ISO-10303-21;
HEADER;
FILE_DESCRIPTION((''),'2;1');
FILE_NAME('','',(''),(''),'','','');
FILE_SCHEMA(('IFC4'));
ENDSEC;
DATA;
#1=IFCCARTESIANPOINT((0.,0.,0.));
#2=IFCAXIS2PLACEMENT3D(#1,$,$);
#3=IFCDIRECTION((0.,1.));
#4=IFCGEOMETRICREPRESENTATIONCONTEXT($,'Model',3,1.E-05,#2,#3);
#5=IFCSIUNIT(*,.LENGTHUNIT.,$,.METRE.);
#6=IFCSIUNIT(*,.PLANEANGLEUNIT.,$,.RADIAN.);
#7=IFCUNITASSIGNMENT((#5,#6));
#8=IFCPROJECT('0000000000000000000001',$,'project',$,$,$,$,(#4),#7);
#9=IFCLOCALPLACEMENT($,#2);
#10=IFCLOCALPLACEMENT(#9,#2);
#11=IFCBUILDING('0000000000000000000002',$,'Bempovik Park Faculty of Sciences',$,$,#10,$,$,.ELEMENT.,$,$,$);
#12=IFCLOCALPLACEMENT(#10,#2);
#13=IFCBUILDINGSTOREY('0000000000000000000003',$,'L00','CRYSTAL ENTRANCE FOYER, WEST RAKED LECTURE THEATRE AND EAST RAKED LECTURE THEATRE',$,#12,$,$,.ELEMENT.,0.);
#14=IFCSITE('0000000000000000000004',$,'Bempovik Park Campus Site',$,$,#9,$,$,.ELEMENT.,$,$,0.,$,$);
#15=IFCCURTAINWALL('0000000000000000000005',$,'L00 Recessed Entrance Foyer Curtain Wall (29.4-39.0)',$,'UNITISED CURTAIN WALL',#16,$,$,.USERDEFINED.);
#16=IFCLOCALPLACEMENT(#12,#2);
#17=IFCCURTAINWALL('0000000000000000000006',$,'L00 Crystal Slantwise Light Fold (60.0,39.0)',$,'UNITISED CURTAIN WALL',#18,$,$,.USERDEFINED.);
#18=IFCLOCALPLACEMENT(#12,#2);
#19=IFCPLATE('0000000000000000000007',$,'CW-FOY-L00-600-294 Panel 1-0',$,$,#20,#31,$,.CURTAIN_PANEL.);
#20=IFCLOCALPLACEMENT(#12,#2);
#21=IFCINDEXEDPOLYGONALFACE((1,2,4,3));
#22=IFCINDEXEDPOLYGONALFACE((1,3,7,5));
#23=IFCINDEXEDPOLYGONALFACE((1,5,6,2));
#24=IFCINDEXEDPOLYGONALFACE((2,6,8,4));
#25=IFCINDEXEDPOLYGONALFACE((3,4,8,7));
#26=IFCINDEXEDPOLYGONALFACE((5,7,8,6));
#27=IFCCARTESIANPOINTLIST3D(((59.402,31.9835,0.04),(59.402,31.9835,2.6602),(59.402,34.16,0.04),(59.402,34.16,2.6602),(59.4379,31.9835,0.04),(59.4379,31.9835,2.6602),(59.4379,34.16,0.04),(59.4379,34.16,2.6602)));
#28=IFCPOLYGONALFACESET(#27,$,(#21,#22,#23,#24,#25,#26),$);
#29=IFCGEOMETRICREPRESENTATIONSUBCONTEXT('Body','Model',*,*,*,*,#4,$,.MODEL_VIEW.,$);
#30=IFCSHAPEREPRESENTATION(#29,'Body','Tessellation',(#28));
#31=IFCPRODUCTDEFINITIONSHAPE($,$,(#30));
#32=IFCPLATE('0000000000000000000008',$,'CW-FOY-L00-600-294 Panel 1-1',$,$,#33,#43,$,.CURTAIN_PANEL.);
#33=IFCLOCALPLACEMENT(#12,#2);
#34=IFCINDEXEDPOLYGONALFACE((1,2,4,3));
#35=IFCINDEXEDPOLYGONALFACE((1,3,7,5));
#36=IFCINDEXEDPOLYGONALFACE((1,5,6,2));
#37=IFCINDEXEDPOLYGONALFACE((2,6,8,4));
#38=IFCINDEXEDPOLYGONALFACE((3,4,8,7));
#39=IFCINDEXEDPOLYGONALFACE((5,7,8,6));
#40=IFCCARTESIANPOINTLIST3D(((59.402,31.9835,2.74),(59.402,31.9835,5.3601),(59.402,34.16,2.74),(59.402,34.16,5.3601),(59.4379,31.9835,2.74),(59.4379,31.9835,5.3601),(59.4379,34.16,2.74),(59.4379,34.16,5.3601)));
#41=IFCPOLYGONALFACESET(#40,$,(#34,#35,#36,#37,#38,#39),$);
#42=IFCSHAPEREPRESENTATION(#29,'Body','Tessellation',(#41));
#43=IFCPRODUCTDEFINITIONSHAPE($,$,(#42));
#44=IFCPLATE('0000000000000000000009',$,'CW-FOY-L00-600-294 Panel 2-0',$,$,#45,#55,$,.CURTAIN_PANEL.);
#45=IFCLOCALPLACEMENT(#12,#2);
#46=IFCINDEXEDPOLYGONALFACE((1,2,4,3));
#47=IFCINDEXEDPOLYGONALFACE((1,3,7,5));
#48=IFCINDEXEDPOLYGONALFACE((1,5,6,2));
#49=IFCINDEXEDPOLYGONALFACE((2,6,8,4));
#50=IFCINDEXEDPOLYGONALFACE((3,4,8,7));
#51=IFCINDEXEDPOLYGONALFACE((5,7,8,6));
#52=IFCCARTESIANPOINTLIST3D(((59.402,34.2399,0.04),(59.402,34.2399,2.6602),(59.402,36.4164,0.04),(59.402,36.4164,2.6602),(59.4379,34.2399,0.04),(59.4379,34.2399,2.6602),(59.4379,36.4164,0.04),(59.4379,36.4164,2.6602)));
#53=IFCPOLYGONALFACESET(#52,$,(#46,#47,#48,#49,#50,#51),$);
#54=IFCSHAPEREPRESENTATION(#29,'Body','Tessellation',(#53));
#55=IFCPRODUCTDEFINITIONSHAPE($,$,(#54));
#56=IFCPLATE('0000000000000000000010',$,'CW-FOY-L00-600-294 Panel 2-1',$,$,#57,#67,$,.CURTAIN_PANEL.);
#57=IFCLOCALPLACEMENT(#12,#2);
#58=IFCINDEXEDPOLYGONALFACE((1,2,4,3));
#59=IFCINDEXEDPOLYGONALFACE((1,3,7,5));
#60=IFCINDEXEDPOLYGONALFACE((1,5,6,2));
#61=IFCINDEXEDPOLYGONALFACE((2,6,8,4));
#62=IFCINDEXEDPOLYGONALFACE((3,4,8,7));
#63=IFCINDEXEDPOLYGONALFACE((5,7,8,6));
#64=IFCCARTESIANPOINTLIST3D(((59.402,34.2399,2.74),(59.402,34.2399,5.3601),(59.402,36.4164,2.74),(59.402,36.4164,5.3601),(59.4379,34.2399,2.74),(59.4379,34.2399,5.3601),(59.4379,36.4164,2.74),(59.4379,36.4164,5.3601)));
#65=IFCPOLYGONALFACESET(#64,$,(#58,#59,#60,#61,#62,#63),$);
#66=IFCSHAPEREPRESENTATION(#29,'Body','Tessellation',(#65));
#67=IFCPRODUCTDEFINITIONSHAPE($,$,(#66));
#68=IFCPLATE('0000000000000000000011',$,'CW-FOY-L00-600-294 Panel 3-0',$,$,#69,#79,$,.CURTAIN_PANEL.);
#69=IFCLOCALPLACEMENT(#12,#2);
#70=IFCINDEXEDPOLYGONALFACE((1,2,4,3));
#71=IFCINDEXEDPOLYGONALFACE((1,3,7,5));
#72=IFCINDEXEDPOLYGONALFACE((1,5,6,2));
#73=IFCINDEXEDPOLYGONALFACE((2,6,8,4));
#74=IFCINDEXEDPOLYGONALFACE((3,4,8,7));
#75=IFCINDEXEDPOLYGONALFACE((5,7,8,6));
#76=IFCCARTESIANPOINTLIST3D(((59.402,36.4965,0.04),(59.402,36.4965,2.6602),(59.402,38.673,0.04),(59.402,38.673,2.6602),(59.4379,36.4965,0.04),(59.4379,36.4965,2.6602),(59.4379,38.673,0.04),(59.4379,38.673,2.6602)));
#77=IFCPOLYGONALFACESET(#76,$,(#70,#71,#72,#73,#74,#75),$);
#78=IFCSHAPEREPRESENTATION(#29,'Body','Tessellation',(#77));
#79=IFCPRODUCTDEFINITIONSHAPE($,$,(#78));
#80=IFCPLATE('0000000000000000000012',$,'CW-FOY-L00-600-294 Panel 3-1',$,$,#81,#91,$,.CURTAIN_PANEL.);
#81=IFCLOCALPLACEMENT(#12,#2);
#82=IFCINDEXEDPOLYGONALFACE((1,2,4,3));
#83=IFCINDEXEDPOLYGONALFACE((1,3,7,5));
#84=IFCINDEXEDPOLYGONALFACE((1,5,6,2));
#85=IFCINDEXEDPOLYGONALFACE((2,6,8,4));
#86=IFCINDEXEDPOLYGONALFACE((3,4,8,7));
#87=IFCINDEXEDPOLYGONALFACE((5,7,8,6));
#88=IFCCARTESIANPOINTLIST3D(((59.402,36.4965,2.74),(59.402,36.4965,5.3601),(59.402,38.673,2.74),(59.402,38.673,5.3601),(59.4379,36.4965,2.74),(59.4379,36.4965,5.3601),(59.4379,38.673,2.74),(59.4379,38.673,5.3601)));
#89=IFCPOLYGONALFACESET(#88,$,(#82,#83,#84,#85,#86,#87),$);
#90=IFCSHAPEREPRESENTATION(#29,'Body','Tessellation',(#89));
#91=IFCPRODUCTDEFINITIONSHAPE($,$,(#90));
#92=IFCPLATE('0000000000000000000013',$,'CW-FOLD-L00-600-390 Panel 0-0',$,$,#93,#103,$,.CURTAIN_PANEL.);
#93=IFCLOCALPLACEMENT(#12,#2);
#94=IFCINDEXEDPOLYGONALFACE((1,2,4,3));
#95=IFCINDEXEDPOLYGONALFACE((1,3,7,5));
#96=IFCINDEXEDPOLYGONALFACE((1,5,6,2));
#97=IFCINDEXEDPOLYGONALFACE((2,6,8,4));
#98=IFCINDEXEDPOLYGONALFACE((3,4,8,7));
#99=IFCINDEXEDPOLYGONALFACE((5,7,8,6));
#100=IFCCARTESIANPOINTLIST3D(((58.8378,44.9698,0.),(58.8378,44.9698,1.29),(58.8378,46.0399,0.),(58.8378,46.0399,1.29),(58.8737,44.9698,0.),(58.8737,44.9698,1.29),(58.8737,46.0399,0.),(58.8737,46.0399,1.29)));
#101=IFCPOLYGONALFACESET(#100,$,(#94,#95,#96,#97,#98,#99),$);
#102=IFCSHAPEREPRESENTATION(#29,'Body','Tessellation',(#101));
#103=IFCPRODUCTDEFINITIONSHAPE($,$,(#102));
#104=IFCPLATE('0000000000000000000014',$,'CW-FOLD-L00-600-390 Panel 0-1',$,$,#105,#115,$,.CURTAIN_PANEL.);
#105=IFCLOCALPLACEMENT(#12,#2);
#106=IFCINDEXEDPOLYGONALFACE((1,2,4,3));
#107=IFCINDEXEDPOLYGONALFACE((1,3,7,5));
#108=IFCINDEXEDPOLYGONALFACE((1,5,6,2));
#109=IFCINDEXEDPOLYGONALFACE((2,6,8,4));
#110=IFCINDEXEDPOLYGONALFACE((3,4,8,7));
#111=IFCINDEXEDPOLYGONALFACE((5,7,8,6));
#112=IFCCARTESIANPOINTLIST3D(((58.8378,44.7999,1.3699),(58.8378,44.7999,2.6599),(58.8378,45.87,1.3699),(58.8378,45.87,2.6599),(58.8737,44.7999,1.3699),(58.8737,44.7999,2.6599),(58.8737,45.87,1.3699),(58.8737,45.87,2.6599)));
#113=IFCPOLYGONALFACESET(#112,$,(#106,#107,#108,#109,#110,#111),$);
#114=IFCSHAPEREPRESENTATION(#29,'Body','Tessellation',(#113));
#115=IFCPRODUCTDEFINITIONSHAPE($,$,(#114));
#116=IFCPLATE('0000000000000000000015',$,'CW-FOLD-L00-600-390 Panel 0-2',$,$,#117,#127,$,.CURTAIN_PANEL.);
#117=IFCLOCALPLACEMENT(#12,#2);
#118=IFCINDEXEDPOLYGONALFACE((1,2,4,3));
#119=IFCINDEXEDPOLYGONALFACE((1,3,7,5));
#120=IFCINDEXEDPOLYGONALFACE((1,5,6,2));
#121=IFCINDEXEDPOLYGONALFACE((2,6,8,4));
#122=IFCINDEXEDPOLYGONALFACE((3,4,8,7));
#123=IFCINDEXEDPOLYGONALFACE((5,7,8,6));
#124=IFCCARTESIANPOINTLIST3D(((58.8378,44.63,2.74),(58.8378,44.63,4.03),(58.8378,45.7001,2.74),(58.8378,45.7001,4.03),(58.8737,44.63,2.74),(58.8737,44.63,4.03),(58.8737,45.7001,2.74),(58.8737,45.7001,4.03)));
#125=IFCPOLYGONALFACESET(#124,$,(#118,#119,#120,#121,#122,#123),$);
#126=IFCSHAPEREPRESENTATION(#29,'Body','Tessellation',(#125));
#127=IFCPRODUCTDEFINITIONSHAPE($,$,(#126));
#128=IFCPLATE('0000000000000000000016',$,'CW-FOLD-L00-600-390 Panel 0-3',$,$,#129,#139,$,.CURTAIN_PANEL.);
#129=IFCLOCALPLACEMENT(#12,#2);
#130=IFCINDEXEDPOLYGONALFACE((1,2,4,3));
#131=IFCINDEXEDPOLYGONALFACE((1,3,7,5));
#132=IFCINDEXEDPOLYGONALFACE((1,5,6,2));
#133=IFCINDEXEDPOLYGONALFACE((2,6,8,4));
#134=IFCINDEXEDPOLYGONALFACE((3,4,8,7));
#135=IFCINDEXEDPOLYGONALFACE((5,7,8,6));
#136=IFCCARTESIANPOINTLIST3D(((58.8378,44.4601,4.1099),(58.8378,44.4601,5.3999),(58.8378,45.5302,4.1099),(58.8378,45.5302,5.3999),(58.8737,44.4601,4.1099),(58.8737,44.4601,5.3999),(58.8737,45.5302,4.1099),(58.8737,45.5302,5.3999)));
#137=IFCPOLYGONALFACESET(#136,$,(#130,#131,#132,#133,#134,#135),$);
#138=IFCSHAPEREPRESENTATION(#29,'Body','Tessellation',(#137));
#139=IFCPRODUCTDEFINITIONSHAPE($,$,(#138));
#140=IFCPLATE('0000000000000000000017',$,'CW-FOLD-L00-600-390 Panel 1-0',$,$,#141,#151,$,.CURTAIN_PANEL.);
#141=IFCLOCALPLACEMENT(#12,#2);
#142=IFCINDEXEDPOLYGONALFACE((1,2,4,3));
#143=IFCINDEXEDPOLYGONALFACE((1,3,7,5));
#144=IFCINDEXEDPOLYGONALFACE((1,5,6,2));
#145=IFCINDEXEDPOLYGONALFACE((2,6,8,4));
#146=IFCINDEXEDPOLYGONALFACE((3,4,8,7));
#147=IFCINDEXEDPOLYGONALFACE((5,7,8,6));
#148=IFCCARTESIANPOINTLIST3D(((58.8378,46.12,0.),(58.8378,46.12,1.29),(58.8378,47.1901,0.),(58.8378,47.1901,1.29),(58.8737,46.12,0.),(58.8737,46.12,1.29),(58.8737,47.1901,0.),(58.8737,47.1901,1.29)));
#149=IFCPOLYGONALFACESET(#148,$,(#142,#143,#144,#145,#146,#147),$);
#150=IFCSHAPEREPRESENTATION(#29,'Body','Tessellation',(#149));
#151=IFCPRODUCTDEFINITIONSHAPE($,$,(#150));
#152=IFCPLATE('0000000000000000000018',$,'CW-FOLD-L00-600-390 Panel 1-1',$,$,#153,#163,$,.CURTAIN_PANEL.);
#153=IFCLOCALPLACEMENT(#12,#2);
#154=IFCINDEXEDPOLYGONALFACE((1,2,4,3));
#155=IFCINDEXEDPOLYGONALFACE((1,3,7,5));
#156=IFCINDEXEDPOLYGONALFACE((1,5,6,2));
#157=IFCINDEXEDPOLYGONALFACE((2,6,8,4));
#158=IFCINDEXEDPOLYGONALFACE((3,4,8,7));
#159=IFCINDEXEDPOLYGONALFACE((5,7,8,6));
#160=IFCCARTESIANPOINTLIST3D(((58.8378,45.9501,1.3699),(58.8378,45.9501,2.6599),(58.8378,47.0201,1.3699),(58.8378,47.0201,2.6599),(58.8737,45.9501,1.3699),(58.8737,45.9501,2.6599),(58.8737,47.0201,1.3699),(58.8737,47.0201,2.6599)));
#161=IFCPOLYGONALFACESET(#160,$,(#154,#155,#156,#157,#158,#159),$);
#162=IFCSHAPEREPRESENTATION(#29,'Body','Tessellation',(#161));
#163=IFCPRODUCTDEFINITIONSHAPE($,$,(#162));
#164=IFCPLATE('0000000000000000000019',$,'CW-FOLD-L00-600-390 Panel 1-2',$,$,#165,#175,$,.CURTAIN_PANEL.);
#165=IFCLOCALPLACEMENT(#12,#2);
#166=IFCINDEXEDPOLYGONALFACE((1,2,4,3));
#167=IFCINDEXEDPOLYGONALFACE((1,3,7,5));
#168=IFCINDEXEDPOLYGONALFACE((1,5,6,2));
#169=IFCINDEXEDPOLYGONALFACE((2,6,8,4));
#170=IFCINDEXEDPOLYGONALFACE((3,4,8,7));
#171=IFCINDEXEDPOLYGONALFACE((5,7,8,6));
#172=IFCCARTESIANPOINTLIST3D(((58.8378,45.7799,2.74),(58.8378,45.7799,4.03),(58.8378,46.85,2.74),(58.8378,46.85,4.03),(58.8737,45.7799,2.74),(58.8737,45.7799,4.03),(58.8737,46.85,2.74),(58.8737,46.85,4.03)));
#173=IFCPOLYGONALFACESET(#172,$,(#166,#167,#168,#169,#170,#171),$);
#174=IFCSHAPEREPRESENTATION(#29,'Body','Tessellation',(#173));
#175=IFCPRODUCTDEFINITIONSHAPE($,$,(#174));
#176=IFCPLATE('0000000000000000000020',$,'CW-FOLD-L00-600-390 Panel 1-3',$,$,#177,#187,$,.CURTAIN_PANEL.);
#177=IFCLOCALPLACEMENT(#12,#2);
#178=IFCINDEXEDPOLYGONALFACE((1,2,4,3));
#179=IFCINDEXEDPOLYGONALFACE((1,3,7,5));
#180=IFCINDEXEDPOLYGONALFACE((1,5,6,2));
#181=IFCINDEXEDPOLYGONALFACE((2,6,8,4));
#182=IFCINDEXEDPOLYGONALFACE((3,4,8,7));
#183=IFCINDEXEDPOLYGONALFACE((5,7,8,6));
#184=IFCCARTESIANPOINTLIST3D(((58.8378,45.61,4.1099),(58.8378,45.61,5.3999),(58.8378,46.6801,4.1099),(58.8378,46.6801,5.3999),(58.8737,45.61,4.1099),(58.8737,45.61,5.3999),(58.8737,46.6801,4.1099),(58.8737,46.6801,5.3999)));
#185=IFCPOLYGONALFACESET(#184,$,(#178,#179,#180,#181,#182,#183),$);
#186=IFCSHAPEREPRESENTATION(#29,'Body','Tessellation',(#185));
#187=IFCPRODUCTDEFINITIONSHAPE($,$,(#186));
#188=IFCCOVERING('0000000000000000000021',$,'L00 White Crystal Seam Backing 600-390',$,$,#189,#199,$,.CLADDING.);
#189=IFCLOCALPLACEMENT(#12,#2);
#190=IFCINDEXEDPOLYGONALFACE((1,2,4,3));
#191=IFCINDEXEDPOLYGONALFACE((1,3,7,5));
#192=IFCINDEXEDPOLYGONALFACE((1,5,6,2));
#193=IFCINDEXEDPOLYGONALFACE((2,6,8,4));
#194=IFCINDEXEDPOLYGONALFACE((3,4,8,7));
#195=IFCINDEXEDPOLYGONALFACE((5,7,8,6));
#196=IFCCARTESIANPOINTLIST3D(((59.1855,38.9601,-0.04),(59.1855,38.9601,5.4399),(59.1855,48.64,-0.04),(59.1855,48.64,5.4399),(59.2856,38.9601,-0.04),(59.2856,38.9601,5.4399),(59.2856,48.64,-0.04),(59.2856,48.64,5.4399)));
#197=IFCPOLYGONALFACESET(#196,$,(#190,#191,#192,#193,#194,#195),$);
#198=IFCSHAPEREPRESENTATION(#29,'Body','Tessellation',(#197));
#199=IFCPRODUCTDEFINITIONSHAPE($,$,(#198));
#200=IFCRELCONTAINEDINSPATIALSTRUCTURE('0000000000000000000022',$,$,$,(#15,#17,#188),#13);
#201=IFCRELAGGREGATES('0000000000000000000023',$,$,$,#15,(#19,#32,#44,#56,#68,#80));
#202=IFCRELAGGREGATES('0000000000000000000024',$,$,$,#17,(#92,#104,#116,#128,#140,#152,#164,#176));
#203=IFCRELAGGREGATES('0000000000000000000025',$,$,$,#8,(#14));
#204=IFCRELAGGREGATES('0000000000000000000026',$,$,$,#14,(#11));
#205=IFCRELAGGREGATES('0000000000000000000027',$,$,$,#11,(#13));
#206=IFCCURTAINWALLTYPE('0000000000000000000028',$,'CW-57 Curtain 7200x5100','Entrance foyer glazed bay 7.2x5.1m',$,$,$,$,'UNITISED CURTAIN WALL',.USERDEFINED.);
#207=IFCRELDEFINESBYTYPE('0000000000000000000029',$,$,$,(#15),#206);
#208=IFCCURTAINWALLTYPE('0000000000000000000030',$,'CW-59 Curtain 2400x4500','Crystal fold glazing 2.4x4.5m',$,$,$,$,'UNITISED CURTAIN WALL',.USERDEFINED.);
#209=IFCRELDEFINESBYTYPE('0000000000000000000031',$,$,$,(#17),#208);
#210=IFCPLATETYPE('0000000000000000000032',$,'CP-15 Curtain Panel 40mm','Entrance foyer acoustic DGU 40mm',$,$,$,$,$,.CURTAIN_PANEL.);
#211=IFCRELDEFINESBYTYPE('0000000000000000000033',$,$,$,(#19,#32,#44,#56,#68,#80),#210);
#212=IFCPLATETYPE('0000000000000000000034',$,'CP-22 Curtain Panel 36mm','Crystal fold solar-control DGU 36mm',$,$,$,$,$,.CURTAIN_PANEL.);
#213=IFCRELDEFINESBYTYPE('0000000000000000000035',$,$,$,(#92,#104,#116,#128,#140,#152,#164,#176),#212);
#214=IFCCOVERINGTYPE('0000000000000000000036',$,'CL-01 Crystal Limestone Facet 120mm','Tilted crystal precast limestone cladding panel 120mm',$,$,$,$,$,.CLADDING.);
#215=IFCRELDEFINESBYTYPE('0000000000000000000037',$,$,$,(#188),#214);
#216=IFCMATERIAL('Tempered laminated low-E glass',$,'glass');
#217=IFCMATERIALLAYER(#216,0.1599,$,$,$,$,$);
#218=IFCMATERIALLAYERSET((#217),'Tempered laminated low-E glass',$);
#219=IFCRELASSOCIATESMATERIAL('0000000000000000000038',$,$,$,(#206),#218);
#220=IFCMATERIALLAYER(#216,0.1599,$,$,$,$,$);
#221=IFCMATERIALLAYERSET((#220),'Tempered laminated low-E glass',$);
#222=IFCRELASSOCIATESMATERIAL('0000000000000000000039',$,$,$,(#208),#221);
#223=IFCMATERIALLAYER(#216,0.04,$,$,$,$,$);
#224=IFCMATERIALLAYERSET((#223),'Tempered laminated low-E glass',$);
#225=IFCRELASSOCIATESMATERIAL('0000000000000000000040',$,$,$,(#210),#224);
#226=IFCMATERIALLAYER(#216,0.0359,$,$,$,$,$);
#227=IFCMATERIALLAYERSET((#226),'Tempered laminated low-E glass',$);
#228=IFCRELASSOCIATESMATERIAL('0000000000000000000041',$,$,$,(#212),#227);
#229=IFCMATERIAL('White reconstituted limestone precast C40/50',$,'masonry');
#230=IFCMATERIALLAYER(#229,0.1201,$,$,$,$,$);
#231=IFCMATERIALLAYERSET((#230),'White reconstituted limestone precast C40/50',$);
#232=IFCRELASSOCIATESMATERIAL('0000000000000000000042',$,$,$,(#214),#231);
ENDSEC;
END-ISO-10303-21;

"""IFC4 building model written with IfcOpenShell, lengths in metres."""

from ifc_helpers import new_model, si_unit, direction, frame, origin, origin_2d, place, context, subcontext, project, spatial, rectangle, extrude, material, layer, layer_set, type_object, element, aggregate, save


model = new_model("IFC4")

# Units and contexts
model_context = context("Model", 3, precision=1e-05, world=origin(), true_north=direction((0.0, 1.0)))
body_context = subcontext(model_context, "Body", "Model", "MODEL_VIEW")
ifc_project = project(units=[si_unit("LENGTHUNIT", "METRE"), si_unit("PLANEANGLEUNIT", "RADIAN")], contexts=[model_context])

# Site, building, storey
site_placement = place(None, origin())
site = spatial("IfcSite", under=ifc_project, at=site_placement, Name="Bempovik Park Campus Site", CompositionType="ELEMENT", RefElevation=0.0)
building_placement = place(site_placement, origin())
building = spatial("IfcBuilding", under=site, at=building_placement, Name="Bempovik Park Faculty of Sciences", CompositionType="ELEMENT")
storey_placement = place(building_placement, origin())
storey = spatial("IfcBuildingStorey", under=building, at=storey_placement, Name="L00", Description="CRYSTAL ENTRANCE FOYER, WEST RAKED LECTURE THEATRE AND EAST RAKED LECTURE THEATRE", CompositionType="ELEMENT", Elevation=0.0)

# Curtain walls
ifc_material_1 = material(Name="Tempered laminated low-E glass", Category="glass")
ifc_layer_1 = layer(ifc_material_1, 0.1599)
ifc_layer_set_1 = layer_set([ifc_layer_1], Name="Tempered laminated low-E glass")
curtain_wall_type_1 = type_object("IfcCurtainWallType", Name="CW-57 Curtain 7200x5100", Description="Entrance foyer glazed bay 7.2x5.1m", ElementType="UNITISED CURTAIN WALL", PredefinedType="USERDEFINED", material=ifc_layer_set_1)
curtain_wall_1_placement = place(storey_placement, origin())
curtain_wall_1 = element("IfcCurtainWall", 1, at=curtain_wall_1_placement, inside=storey, type_object=curtain_wall_type_1, Name="L00 Recessed Entrance Foyer Curtain Wall (29.4-39.0)", ObjectType="UNITISED CURTAIN WALL", PredefinedType="USERDEFINED")
ifc_layer_2 = layer(ifc_material_1, 0.1599)
ifc_layer_set_2 = layer_set([ifc_layer_2], Name="Tempered laminated low-E glass")
curtain_wall_type_2 = type_object("IfcCurtainWallType", Name="CW-59 Curtain 2400x4500", Description="Crystal fold glazing 2.4x4.5m", ElementType="UNITISED CURTAIN WALL", PredefinedType="USERDEFINED", material=ifc_layer_set_2)
curtain_wall_2_placement = place(storey_placement, origin())
curtain_wall_2 = element("IfcCurtainWall", 2, at=curtain_wall_2_placement, inside=storey, type_object=curtain_wall_type_2, Name="L00 Crystal Slantwise Light Fold (60.0,39.0)", ObjectType="UNITISED CURTAIN WALL", PredefinedType="USERDEFINED")

# Plates
ifc_layer_3 = layer(ifc_material_1, 0.04)
ifc_layer_set_3 = layer_set([ifc_layer_3], Name="Tempered laminated low-E glass")
plate_type_1 = type_object("IfcPlateType", Name="CP-15 Curtain Panel 40mm", Description="Entrance foyer acoustic DGU 40mm", PredefinedType="CURTAIN_PANEL", material=ifc_layer_set_3)
plate_1_placement = place(storey_placement, frame((59.4199, 33.0718, 0.04), z_axis=(0.0, 0.0, 1.0), x_axis=(0.0, 1.0, 0.0)))
plate_1 = element("IfcPlate", 3, at=plate_1_placement, type_object=plate_type_1, Name="CW-FOY-L00-600-294 Panel 1-0", PredefinedType="CURTAIN_PANEL", context=body_context, shape_type="SweptSolid", body=[
    extrude(rectangle(XDim=2.1765, YDim=0.0359, at=origin_2d()), origin(), (0.0, 0.0, 1.0), 2.6201),
])
plate_2_placement = place(storey_placement, frame((59.4199, 33.0718, 2.74), z_axis=(0.0, 0.0, 1.0), x_axis=(0.0, 1.0, 0.0)))
plate_2 = element("IfcPlate", 4, at=plate_2_placement, type_object=plate_type_1, Name="CW-FOY-L00-600-294 Panel 1-1", PredefinedType="CURTAIN_PANEL", context=body_context, shape_type="SweptSolid", body=[
    extrude(rectangle(XDim=2.1765, YDim=0.0359, at=origin_2d()), origin(), (0.0, 0.0, 1.0), 2.6201),
])
plate_3_placement = place(storey_placement, frame((59.4199, 35.3281, 0.04), z_axis=(0.0, 0.0, 1.0), x_axis=(0.0, 1.0, 0.0)))
plate_3 = element("IfcPlate", 5, at=plate_3_placement, type_object=plate_type_1, Name="CW-FOY-L00-600-294 Panel 2-0", PredefinedType="CURTAIN_PANEL", context=body_context, shape_type="SweptSolid", body=[
    extrude(rectangle(XDim=2.1765, YDim=0.0359, at=origin_2d()), origin(), (0.0, 0.0, 1.0), 2.6201),
])
plate_4_placement = place(storey_placement, frame((59.4199, 35.3281, 2.74), z_axis=(0.0, 0.0, 1.0), x_axis=(0.0, 1.0, 0.0)))
plate_4 = element("IfcPlate", 6, at=plate_4_placement, type_object=plate_type_1, Name="CW-FOY-L00-600-294 Panel 2-1", PredefinedType="CURTAIN_PANEL", context=body_context, shape_type="SweptSolid", body=[
    extrude(rectangle(XDim=2.1765, YDim=0.0359, at=origin_2d()), origin(), (0.0, 0.0, 1.0), 2.6201),
])
plate_5_placement = place(storey_placement, frame((59.4199, 37.5847, 0.04), z_axis=(0.0, 0.0, 1.0), x_axis=(0.0, 1.0, 0.0)))
plate_5 = element("IfcPlate", 7, at=plate_5_placement, type_object=plate_type_1, Name="CW-FOY-L00-600-294 Panel 3-0", PredefinedType="CURTAIN_PANEL", context=body_context, shape_type="SweptSolid", body=[
    extrude(rectangle(XDim=2.1765, YDim=0.0359, at=origin_2d()), origin(), (0.0, 0.0, 1.0), 2.6201),
])
plate_6_placement = place(storey_placement, frame((59.4199, 37.5847, 2.74), z_axis=(0.0, 0.0, 1.0), x_axis=(0.0, 1.0, 0.0)))
plate_6 = element("IfcPlate", 8, at=plate_6_placement, type_object=plate_type_1, Name="CW-FOY-L00-600-294 Panel 3-1", PredefinedType="CURTAIN_PANEL", context=body_context, shape_type="SweptSolid", body=[
    extrude(rectangle(XDim=2.1765, YDim=0.0359, at=origin_2d()), origin(), (0.0, 0.0, 1.0), 2.6201),
])
aggregate(curtain_wall_1, [plate_1, plate_2, plate_3, plate_4, plate_5, plate_6])
ifc_layer_4 = layer(ifc_material_1, 0.0359)
ifc_layer_set_4 = layer_set([ifc_layer_4], Name="Tempered laminated low-E glass")
plate_type_2 = type_object("IfcPlateType", Name="CP-22 Curtain Panel 36mm", Description="Crystal fold solar-control DGU 36mm", PredefinedType="CURTAIN_PANEL", material=ifc_layer_set_4)
plate_7_placement = place(storey_placement, frame((58.8557, 45.5049, 0.0), z_axis=(0.0, 0.0, 1.0), x_axis=(0.0, 1.0, 0.0)))
plate_7 = element("IfcPlate", 9, at=plate_7_placement, type_object=plate_type_2, Name="CW-FOLD-L00-600-390 Panel 0-0", PredefinedType="CURTAIN_PANEL", context=body_context, shape_type="SweptSolid", body=[
    extrude(rectangle(XDim=1.0701, YDim=0.0359, at=origin_2d()), origin(), (0.0, 0.0, 1.0), 1.29),
])
plate_8_placement = place(storey_placement, frame((58.8557, 45.335, 1.3699), z_axis=(0.0, 0.0, 1.0), x_axis=(0.0, 1.0, 0.0)))
plate_8 = element("IfcPlate", 10, at=plate_8_placement, type_object=plate_type_2, Name="CW-FOLD-L00-600-390 Panel 0-1", PredefinedType="CURTAIN_PANEL", context=body_context, shape_type="SweptSolid", body=[
    extrude(rectangle(XDim=1.0701, YDim=0.0359, at=origin_2d()), origin(), (0.0, 0.0, 1.0), 1.29),
])
plate_9_placement = place(storey_placement, frame((58.8557, 45.165, 2.74), z_axis=(0.0, 0.0, 1.0), x_axis=(0.0, 1.0, 0.0)))
plate_9 = element("IfcPlate", 11, at=plate_9_placement, type_object=plate_type_2, Name="CW-FOLD-L00-600-390 Panel 0-2", PredefinedType="CURTAIN_PANEL", context=body_context, shape_type="SweptSolid", body=[
    extrude(rectangle(XDim=1.0701, YDim=0.0359, at=origin_2d()), origin(), (0.0, 0.0, 1.0), 1.29),
])
plate_10_placement = place(storey_placement, frame((58.8557, 44.9951, 4.1099), z_axis=(0.0, 0.0, 1.0), x_axis=(0.0, 1.0, 0.0)))
plate_10 = element("IfcPlate", 12, at=plate_10_placement, type_object=plate_type_2, Name="CW-FOLD-L00-600-390 Panel 0-3", PredefinedType="CURTAIN_PANEL", context=body_context, shape_type="SweptSolid", body=[
    extrude(rectangle(XDim=1.0701, YDim=0.0359, at=origin_2d()), origin(), (0.0, 0.0, 1.0), 1.29),
])
plate_11_placement = place(storey_placement, frame((58.8557, 46.655, 0.0), z_axis=(0.0, 0.0, 1.0), x_axis=(0.0, 1.0, 0.0)))
plate_11 = element("IfcPlate", 13, at=plate_11_placement, type_object=plate_type_2, Name="CW-FOLD-L00-600-390 Panel 1-0", PredefinedType="CURTAIN_PANEL", context=body_context, shape_type="SweptSolid", body=[
    extrude(rectangle(XDim=1.0701, YDim=0.0359, at=origin_2d()), origin(), (0.0, 0.0, 1.0), 1.29),
])
plate_12_placement = place(storey_placement, frame((58.8557, 46.4851, 1.3699), z_axis=(0.0, 0.0, 1.0), x_axis=(0.0, 1.0, 0.0)))
plate_12 = element("IfcPlate", 14, at=plate_12_placement, type_object=plate_type_2, Name="CW-FOLD-L00-600-390 Panel 1-1", PredefinedType="CURTAIN_PANEL", context=body_context, shape_type="SweptSolid", body=[
    extrude(rectangle(XDim=1.0701, YDim=0.0359, at=origin_2d()), origin(), (0.0, 0.0, 1.0), 1.29),
])
plate_13_placement = place(storey_placement, frame((58.8557, 46.3149, 2.74), z_axis=(0.0, 0.0, 1.0), x_axis=(0.0, 1.0, 0.0)))
plate_13 = element("IfcPlate", 15, at=plate_13_placement, type_object=plate_type_2, Name="CW-FOLD-L00-600-390 Panel 1-2", PredefinedType="CURTAIN_PANEL", context=body_context, shape_type="SweptSolid", body=[
    extrude(rectangle(XDim=1.0701, YDim=0.0359, at=origin_2d()), origin(), (0.0, 0.0, 1.0), 1.29),
])
plate_14_placement = place(storey_placement, frame((58.8557, 46.145, 4.1099), z_axis=(0.0, 0.0, 1.0), x_axis=(0.0, 1.0, 0.0)))
plate_14 = element("IfcPlate", 16, at=plate_14_placement, type_object=plate_type_2, Name="CW-FOLD-L00-600-390 Panel 1-3", PredefinedType="CURTAIN_PANEL", context=body_context, shape_type="SweptSolid", body=[
    extrude(rectangle(XDim=1.0701, YDim=0.0359, at=origin_2d()), origin(), (0.0, 0.0, 1.0), 1.29),
])
aggregate(curtain_wall_2, [plate_7, plate_8, plate_9, plate_10, plate_11, plate_12, plate_13, plate_14])

# Covering
ifc_material_2 = material(Name="White reconstituted limestone precast C40/50", Category="masonry")
ifc_layer_5 = layer(ifc_material_2, 0.1201)
ifc_layer_set_5 = layer_set([ifc_layer_5], Name="White reconstituted limestone precast C40/50")
covering_type = type_object("IfcCoveringType", Name="CL-01 Crystal Limestone Facet 120mm", Description="Tilted crystal precast limestone cladding panel 120mm", PredefinedType="CLADDING", material=ifc_layer_set_5)
covering_1_placement = place(storey_placement, frame((59.2356, 43.8, -0.04), z_axis=(0.0, 0.0, 1.0), x_axis=(1.0, 0.0, 0.0)))
element("IfcCovering", 17, at=covering_1_placement, inside=storey, type_object=covering_type, Name="L00 White Crystal Seam Backing 600-390", PredefinedType="CLADDING", context=body_context, shape_type="SweptSolid", body=[
    extrude(rectangle(XDim=0.1001, YDim=9.6799, at=origin_2d()), origin(), (0.0, 0.0, 1.0), 5.48),
])

save(model, "model.ifc")
